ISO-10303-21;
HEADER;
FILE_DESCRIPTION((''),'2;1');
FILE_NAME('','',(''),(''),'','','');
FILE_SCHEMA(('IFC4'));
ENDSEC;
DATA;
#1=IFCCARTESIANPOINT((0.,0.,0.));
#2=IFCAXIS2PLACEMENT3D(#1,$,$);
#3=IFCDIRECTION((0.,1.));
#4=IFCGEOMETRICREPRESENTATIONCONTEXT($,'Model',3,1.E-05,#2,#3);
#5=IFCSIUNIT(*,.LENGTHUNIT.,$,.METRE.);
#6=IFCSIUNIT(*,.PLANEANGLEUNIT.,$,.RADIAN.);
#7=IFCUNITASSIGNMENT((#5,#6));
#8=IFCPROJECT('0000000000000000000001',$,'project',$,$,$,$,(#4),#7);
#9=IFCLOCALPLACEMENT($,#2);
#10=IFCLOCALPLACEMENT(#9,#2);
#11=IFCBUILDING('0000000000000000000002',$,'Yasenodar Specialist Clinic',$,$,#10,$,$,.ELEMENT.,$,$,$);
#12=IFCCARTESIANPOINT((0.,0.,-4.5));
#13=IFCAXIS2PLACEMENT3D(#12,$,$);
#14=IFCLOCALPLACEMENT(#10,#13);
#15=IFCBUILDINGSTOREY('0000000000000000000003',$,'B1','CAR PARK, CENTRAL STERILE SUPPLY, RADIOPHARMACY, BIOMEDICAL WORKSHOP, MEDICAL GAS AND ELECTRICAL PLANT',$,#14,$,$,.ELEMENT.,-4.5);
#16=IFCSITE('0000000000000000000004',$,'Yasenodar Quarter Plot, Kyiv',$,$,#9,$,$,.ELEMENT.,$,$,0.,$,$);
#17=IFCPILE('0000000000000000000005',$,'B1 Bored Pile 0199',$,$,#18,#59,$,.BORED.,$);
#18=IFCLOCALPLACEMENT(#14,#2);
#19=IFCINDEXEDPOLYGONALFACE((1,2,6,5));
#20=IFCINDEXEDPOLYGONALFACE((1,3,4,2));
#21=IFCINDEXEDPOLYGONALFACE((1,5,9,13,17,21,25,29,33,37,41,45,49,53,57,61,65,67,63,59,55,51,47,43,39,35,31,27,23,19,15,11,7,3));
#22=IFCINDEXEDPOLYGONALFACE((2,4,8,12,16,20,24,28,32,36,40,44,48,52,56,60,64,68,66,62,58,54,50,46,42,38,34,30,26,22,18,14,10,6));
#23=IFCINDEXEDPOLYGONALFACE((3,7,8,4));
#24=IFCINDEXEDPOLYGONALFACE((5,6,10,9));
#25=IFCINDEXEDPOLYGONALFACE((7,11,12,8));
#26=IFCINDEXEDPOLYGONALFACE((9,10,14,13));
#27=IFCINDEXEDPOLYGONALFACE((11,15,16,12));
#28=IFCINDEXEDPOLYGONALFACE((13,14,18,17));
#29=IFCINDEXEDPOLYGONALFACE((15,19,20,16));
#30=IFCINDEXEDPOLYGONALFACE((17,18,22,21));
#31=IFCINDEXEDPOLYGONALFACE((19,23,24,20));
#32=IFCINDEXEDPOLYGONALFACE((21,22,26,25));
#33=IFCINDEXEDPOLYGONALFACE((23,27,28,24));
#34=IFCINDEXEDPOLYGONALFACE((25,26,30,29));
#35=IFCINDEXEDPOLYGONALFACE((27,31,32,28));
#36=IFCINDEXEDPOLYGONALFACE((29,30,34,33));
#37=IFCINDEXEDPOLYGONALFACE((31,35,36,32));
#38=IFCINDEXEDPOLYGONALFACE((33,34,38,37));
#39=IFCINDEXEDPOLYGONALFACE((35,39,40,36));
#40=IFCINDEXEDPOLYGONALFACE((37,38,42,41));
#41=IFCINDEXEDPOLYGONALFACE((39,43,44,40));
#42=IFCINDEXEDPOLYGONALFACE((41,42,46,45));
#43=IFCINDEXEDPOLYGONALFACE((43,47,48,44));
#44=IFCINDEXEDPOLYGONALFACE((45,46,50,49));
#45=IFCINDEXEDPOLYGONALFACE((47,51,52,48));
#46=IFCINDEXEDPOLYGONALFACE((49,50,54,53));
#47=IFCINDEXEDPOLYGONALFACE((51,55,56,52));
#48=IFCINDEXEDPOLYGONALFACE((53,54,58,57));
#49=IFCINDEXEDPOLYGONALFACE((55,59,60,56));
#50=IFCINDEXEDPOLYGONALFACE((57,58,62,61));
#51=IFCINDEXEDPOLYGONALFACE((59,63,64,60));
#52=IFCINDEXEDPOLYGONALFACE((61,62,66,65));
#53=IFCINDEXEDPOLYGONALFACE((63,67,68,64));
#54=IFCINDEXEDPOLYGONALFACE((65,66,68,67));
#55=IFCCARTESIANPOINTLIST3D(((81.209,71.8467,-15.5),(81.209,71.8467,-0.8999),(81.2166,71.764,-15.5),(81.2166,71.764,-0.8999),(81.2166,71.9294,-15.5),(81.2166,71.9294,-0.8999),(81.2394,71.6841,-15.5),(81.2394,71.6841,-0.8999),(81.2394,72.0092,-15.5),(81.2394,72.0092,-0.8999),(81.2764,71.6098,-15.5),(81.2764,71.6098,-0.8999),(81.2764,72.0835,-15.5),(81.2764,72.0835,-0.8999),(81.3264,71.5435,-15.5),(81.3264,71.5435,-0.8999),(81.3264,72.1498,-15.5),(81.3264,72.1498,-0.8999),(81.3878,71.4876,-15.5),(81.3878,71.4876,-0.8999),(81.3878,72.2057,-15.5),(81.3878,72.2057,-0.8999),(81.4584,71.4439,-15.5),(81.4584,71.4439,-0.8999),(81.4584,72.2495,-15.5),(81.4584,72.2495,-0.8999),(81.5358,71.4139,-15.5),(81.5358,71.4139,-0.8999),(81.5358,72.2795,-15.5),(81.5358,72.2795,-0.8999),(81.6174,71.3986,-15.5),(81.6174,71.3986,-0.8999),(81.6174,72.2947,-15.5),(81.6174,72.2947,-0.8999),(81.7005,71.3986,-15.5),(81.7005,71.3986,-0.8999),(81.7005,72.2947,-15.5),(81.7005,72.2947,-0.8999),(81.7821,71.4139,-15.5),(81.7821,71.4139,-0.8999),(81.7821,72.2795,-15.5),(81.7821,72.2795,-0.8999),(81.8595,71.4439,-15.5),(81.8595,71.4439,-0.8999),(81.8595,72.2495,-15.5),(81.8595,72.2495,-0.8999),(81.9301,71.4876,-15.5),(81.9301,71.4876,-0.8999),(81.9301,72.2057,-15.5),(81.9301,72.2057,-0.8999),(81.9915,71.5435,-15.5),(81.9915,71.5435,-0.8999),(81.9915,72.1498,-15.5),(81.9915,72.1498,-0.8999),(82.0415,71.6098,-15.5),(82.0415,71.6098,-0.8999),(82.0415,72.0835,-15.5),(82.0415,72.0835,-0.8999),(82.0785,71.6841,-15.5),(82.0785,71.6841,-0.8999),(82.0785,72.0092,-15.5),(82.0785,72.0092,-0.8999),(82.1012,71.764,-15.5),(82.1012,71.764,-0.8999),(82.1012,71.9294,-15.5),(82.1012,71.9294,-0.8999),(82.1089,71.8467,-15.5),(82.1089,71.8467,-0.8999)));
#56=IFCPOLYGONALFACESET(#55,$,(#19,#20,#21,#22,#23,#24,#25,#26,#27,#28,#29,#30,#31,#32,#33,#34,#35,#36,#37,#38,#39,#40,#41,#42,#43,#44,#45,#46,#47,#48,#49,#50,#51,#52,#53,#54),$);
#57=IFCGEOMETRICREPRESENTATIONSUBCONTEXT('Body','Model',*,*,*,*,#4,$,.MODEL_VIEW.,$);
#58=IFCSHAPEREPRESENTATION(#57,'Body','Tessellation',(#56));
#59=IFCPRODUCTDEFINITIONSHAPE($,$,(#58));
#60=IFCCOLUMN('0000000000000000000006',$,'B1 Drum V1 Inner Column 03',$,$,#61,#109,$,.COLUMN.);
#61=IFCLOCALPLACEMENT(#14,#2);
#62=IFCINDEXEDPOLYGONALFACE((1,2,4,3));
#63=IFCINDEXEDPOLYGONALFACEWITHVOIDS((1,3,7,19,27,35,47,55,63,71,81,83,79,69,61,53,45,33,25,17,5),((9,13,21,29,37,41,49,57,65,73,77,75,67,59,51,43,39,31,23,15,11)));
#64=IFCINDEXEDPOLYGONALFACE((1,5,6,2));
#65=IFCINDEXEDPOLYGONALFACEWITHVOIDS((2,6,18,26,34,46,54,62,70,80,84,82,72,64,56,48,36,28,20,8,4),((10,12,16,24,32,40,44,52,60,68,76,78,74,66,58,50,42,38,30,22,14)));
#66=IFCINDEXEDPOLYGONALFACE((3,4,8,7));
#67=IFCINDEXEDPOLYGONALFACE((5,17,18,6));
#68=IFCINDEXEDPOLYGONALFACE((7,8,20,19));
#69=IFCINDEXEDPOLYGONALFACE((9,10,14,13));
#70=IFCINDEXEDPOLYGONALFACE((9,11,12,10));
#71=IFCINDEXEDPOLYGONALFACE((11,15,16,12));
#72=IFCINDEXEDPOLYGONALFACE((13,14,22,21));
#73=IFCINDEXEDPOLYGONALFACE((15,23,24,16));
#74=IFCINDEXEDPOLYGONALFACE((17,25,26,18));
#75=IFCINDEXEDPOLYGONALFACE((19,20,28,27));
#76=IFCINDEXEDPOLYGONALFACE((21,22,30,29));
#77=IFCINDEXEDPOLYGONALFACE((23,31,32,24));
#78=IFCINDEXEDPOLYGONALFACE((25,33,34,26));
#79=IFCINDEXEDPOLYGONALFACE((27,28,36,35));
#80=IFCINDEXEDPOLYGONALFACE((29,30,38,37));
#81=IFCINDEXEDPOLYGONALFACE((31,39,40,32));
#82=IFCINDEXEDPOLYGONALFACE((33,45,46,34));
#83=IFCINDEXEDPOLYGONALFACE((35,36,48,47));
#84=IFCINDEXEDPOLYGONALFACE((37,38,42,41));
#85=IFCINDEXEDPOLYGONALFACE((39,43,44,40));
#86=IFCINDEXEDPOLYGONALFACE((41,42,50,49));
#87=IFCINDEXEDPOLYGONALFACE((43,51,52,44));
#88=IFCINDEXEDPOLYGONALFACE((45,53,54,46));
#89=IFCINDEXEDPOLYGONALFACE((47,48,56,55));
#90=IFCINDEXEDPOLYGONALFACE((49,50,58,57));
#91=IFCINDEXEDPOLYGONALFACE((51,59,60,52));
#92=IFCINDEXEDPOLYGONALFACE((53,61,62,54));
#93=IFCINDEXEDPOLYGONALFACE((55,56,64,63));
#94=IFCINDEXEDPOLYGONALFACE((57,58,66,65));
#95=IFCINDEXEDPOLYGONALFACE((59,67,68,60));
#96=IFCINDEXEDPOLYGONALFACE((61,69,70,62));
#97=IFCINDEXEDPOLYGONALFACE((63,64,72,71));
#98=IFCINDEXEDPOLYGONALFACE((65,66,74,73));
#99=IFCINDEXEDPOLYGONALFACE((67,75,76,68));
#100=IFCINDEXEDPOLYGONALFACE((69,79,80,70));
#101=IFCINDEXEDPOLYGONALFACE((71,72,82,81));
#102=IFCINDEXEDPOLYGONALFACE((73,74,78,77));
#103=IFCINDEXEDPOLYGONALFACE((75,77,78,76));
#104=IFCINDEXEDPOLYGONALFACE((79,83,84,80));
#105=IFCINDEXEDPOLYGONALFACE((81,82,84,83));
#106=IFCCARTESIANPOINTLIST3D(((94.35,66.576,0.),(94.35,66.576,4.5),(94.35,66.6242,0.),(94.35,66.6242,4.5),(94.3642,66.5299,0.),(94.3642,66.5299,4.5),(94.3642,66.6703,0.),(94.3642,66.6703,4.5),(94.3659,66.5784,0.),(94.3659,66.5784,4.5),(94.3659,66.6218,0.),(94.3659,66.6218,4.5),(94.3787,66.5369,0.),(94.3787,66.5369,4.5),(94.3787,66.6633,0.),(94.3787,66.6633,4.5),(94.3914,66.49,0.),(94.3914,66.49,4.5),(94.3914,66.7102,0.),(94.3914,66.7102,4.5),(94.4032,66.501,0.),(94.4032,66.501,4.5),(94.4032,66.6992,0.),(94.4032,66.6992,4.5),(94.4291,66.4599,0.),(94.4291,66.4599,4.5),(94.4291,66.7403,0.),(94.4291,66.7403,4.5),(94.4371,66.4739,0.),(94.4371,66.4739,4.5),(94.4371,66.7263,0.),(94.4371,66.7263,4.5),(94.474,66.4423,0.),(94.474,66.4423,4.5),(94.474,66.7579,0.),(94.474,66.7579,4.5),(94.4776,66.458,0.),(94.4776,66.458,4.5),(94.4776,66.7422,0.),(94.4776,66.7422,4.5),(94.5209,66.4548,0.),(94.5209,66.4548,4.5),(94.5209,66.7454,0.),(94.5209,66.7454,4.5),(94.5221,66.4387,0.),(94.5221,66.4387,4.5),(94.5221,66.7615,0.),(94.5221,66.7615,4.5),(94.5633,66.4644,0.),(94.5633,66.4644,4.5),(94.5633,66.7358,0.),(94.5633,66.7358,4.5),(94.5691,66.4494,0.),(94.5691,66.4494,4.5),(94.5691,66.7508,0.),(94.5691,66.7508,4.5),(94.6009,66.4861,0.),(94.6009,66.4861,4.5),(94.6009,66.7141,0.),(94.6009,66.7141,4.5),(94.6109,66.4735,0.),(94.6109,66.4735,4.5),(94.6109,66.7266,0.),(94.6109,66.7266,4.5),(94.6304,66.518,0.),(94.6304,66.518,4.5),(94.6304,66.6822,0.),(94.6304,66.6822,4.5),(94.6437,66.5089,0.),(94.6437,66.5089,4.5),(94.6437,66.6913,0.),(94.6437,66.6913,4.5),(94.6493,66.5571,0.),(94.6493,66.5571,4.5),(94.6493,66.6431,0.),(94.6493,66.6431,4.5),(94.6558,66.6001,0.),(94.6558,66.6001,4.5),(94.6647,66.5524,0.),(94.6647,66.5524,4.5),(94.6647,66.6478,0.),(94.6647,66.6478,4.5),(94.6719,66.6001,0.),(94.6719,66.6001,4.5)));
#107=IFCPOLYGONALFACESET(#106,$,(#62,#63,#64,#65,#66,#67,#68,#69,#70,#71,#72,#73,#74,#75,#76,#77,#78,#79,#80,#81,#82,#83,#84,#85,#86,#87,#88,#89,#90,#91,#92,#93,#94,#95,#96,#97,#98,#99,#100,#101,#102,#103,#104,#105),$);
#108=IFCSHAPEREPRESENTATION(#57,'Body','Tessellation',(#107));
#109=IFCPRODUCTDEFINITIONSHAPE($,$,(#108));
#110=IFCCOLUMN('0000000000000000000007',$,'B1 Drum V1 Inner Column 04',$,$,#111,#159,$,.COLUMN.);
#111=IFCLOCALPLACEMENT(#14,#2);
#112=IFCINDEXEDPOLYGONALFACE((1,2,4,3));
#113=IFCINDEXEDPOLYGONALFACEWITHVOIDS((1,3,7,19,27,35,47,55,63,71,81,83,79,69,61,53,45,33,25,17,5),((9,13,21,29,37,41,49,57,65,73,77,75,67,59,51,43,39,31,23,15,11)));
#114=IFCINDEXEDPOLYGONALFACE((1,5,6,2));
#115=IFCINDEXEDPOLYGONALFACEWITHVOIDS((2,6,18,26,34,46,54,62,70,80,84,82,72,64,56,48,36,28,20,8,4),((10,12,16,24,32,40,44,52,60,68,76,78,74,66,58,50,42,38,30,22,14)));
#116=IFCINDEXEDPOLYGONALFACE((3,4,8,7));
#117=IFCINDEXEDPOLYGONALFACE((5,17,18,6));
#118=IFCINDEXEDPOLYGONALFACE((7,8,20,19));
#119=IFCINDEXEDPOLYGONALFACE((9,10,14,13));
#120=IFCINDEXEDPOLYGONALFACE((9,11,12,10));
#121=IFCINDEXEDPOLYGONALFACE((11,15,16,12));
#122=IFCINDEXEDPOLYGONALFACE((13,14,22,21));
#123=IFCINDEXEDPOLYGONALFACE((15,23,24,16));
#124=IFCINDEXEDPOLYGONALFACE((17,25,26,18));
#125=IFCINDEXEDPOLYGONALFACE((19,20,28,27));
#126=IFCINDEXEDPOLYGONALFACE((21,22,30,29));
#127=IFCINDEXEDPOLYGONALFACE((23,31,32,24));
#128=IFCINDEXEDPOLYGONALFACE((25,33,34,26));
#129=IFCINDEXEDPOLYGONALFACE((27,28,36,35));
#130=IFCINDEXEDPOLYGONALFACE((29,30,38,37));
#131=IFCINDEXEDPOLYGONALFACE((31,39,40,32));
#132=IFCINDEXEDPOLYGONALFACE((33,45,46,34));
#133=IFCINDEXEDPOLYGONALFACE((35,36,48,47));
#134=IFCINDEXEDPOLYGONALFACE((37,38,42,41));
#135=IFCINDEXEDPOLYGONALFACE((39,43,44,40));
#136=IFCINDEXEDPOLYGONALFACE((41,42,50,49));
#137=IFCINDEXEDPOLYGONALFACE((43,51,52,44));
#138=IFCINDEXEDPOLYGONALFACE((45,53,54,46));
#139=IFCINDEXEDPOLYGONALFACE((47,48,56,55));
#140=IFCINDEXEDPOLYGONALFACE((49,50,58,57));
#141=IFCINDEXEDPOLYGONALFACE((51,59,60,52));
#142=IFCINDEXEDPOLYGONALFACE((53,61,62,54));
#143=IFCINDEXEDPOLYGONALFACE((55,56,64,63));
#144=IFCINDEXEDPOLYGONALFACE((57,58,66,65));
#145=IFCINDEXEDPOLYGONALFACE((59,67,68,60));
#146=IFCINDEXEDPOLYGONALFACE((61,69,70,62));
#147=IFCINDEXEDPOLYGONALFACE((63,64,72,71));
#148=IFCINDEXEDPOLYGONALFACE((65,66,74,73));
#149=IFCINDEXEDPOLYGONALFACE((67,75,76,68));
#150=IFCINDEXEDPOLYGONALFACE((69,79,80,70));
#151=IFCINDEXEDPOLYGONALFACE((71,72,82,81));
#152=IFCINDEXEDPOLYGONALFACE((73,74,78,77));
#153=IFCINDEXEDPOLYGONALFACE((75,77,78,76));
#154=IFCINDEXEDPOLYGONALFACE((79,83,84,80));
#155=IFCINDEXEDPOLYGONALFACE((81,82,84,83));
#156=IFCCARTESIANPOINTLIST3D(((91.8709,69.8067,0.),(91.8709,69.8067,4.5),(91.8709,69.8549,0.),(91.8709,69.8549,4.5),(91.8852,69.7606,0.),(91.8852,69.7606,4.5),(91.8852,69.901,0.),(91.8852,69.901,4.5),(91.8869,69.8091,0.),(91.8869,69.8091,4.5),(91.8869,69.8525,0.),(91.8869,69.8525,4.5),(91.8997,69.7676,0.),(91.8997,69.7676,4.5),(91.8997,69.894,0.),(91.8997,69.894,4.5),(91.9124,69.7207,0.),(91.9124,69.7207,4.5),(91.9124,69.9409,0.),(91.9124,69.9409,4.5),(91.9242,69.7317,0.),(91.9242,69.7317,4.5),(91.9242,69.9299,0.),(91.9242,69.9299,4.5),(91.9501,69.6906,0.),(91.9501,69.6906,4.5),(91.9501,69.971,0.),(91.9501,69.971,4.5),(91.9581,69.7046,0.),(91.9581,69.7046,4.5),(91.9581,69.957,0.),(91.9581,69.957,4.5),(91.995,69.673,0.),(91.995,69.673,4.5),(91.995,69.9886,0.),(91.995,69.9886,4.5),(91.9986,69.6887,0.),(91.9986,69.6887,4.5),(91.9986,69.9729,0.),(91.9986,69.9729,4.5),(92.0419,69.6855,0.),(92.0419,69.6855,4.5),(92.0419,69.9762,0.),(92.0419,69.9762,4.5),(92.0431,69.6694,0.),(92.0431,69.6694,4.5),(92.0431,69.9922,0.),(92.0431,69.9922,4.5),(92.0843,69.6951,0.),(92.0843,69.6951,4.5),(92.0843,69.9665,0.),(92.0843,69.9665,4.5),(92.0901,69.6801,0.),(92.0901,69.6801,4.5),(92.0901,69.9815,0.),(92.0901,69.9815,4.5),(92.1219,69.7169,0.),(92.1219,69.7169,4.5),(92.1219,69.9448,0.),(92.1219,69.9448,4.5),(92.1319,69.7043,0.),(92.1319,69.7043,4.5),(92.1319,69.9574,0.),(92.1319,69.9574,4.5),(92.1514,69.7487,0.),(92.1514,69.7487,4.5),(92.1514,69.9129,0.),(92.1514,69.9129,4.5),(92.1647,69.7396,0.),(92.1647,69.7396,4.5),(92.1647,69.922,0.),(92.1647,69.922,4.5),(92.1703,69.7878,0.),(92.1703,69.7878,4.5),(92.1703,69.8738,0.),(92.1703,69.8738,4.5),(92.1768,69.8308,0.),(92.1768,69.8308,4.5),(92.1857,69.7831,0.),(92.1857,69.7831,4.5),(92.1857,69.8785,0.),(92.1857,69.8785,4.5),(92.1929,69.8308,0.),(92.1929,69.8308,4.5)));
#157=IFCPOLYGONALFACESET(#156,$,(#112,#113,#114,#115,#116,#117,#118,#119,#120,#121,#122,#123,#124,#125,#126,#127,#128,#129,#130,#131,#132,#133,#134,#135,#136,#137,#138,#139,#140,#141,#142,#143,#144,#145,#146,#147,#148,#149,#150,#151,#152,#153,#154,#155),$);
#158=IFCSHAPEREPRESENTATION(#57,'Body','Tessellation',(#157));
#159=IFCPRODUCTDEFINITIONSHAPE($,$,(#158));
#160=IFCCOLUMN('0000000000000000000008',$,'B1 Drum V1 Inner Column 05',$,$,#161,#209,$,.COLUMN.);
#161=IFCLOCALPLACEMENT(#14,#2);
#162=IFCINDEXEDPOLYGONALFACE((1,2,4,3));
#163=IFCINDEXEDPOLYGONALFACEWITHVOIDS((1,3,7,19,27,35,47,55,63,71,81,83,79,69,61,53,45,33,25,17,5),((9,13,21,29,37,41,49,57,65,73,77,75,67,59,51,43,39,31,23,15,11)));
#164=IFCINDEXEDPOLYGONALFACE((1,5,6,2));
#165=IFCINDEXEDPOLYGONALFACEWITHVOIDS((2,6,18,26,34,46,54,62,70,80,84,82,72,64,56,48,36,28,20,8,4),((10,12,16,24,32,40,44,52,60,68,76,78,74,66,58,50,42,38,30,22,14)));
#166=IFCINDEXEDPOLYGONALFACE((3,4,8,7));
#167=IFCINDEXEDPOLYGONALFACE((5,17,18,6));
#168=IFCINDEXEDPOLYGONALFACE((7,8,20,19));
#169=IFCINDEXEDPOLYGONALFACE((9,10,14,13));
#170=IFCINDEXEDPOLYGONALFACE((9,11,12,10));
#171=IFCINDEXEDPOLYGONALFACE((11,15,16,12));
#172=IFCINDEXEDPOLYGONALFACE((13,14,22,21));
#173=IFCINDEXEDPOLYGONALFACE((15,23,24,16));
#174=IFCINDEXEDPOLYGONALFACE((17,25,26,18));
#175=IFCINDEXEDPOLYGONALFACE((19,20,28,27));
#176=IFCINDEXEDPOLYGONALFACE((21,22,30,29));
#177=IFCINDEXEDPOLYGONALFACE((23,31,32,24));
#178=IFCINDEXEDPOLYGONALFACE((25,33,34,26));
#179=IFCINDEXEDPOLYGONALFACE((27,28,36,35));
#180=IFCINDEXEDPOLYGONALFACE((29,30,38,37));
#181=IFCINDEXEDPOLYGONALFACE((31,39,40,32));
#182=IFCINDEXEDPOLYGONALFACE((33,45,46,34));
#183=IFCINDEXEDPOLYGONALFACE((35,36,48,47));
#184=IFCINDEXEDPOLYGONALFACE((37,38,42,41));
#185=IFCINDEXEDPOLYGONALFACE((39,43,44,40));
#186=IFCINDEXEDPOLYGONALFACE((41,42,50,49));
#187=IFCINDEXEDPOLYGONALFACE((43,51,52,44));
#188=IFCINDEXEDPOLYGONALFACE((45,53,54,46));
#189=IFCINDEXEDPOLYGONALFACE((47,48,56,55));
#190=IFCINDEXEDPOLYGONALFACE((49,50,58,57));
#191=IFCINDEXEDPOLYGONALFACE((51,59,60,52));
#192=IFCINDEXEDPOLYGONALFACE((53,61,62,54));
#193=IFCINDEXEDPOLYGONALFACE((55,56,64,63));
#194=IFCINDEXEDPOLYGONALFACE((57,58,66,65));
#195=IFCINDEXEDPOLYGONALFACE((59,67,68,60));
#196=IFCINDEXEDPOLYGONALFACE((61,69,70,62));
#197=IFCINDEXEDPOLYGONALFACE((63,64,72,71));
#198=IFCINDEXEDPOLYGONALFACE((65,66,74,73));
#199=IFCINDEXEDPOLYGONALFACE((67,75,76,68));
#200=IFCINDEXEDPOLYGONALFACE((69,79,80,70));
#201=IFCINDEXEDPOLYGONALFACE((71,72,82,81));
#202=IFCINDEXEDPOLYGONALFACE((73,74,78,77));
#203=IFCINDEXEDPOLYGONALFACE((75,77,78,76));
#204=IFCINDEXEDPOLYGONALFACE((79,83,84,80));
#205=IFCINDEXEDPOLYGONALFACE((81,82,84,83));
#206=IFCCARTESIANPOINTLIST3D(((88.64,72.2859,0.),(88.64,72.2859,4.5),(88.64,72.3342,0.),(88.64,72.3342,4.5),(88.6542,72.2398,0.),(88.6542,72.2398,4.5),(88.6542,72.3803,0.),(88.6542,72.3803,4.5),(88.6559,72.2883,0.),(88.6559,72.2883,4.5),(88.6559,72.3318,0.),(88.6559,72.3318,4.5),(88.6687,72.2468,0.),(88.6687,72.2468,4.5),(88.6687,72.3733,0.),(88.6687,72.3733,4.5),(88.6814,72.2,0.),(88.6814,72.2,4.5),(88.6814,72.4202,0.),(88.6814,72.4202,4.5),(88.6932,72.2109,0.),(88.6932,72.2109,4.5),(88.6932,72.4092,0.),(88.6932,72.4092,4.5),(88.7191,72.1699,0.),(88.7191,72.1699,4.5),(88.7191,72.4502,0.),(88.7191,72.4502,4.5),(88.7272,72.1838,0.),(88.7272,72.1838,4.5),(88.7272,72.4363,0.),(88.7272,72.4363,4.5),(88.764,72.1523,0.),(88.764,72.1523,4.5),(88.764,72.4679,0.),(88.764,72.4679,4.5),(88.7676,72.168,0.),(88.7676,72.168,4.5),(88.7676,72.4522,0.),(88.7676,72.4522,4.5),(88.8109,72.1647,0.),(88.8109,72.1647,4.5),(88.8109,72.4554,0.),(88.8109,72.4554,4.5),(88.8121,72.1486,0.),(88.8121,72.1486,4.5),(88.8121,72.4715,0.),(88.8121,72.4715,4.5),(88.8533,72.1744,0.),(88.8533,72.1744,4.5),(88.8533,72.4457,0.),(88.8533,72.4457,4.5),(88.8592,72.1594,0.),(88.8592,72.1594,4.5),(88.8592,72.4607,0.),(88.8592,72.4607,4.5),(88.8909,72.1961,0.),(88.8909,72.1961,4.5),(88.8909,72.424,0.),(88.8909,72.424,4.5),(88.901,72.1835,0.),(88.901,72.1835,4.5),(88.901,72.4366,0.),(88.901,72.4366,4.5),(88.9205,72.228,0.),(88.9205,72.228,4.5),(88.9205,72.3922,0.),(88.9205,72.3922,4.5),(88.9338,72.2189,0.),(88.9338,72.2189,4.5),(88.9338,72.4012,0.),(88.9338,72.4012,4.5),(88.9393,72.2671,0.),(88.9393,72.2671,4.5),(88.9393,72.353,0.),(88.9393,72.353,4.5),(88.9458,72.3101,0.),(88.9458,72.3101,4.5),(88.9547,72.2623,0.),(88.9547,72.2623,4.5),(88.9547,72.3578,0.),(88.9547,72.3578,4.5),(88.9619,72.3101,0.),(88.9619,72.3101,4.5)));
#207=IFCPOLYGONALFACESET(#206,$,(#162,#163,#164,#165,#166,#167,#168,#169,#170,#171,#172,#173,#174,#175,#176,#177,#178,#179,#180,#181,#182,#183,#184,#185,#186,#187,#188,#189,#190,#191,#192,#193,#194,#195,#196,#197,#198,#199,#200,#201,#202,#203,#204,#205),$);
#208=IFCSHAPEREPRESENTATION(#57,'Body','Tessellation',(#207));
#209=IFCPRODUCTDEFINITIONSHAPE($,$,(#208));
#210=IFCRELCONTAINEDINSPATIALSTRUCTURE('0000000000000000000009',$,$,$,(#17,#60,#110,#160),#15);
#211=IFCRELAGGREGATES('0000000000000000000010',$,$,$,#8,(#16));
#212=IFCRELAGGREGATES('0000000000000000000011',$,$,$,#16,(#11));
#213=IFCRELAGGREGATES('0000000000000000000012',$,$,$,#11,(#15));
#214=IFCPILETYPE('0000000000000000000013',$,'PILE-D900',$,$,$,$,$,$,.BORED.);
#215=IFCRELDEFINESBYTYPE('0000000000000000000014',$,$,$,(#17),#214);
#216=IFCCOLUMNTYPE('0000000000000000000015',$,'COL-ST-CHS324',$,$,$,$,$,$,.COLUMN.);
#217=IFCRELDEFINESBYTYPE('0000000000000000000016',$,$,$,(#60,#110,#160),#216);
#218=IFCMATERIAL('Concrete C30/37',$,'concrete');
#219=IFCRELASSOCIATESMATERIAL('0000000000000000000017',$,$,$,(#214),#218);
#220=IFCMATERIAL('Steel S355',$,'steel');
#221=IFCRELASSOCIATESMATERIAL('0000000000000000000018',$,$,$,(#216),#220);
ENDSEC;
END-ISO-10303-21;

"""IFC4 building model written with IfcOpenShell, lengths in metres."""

from ifc_helpers import new_model, si_unit, direction, frame, origin, origin_2d, place, context, subcontext, project, spatial, circle, hollow_circle, extrude, material, material_profile, profile_set, type_object, element, save


model = new_model("IFC4")

# Units and contexts
model_context = context("Model", 3, precision=1e-05, world=origin(), true_north=direction((0.0, 1.0)))
body_context = subcontext(model_context, "Body", "Model", "MODEL_VIEW")
ifc_project = project(units=[si_unit("LENGTHUNIT", "METRE"), si_unit("PLANEANGLEUNIT", "RADIAN")], contexts=[model_context])

# Site, building, storey
site_placement = place(None, origin())
site = spatial("IfcSite", under=ifc_project, at=site_placement, Name="Yasenodar Quarter Plot, Kyiv", CompositionType="ELEMENT", RefElevation=0.0)
building_placement = place(site_placement, origin())
building = spatial("IfcBuilding", under=site, at=building_placement, Name="Yasenodar Specialist Clinic", CompositionType="ELEMENT")
storey_placement = place(building_placement, frame((0.0, 0.0, -4.5)))
storey = spatial("IfcBuildingStorey", under=building, at=storey_placement, Name="B1", Description="CAR PARK, CENTRAL STERILE SUPPLY, RADIOPHARMACY, BIOMEDICAL WORKSHOP, MEDICAL GAS AND ELECTRICAL PLANT", CompositionType="ELEMENT", Elevation=-4.5)

# Pile
ifc_material_1 = material(Name="Concrete C30/37", Category="concrete")
ifc_material_profile_1 = material_profile(ifc_material_1, circle(Radius=0.45, at=origin_2d()), Name="PILE D900")
ifc_profile_set_1 = profile_set([ifc_material_profile_1], Name="Concrete C30/37")
pile_type_1 = type_object("IfcPileType", Name="PILE-D900", PredefinedType="BORED", material=ifc_profile_set_1)
for number, where, z_axis, x_axis, name in (
    (1, (81.6589, 71.8467, -0.8999), (0.0, 0.0, -1.0), (1.0, 0.0, 0.0), "B1 Bored Pile 0199"),
):
    element("IfcPile", number, at=place(storey_placement, frame(where, z_axis=z_axis, x_axis=x_axis)), inside=storey, type_object=pile_type_1, Name=name, PredefinedType="BORED", context=body_context, shape_type="SweptSolid", body=[
        extrude(circle(Radius=0.45, at=origin_2d()), origin(), (0.0, 0.0, 1.0), 14.6001),
    ])

# Columns
ifc_material_2 = material(Name="Steel S355", Category="steel")
ifc_material_profile_2 = material_profile(ifc_material_2, hollow_circle(Radius=0.1619, WallThickness=0.0161, at=origin_2d()), Name="CHS 323.9x16")
ifc_profile_set_2 = profile_set([ifc_material_profile_2], Name="Steel S355")
column_type = type_object("IfcColumnType", Name="COL-ST-CHS324", PredefinedType="COLUMN", material=ifc_profile_set_2)
for number, where, z_axis, x_axis, name in (
    (2, (94.51, 66.6001, 0.0), (0.0, 0.0, 1.0), (1.0, 0.0, 0.0), "B1 Drum V1 Inner Column 03"),
    (3, (92.031, 69.8308, 0.0), (0.0, 0.0, 1.0), (1.0, 0.0, 0.0), "B1 Drum V1 Inner Column 04"),
    (4, (88.8, 72.3101, 0.0), (0.0, 0.0, 1.0), (1.0, 0.0, 0.0), "B1 Drum V1 Inner Column 05"),
):
    element("IfcColumn", number, at=place(storey_placement, frame(where, z_axis=z_axis, x_axis=x_axis)), inside=storey, type_object=column_type, Name=name, PredefinedType="COLUMN", context=body_context, shape_type="SweptSolid", body=[
        extrude(hollow_circle(Radius=0.1619, WallThickness=0.0161, at=origin_2d()), origin(), (0.0, 0.0, 1.0), 4.5),
    ])

save(model, "model.ifc")
